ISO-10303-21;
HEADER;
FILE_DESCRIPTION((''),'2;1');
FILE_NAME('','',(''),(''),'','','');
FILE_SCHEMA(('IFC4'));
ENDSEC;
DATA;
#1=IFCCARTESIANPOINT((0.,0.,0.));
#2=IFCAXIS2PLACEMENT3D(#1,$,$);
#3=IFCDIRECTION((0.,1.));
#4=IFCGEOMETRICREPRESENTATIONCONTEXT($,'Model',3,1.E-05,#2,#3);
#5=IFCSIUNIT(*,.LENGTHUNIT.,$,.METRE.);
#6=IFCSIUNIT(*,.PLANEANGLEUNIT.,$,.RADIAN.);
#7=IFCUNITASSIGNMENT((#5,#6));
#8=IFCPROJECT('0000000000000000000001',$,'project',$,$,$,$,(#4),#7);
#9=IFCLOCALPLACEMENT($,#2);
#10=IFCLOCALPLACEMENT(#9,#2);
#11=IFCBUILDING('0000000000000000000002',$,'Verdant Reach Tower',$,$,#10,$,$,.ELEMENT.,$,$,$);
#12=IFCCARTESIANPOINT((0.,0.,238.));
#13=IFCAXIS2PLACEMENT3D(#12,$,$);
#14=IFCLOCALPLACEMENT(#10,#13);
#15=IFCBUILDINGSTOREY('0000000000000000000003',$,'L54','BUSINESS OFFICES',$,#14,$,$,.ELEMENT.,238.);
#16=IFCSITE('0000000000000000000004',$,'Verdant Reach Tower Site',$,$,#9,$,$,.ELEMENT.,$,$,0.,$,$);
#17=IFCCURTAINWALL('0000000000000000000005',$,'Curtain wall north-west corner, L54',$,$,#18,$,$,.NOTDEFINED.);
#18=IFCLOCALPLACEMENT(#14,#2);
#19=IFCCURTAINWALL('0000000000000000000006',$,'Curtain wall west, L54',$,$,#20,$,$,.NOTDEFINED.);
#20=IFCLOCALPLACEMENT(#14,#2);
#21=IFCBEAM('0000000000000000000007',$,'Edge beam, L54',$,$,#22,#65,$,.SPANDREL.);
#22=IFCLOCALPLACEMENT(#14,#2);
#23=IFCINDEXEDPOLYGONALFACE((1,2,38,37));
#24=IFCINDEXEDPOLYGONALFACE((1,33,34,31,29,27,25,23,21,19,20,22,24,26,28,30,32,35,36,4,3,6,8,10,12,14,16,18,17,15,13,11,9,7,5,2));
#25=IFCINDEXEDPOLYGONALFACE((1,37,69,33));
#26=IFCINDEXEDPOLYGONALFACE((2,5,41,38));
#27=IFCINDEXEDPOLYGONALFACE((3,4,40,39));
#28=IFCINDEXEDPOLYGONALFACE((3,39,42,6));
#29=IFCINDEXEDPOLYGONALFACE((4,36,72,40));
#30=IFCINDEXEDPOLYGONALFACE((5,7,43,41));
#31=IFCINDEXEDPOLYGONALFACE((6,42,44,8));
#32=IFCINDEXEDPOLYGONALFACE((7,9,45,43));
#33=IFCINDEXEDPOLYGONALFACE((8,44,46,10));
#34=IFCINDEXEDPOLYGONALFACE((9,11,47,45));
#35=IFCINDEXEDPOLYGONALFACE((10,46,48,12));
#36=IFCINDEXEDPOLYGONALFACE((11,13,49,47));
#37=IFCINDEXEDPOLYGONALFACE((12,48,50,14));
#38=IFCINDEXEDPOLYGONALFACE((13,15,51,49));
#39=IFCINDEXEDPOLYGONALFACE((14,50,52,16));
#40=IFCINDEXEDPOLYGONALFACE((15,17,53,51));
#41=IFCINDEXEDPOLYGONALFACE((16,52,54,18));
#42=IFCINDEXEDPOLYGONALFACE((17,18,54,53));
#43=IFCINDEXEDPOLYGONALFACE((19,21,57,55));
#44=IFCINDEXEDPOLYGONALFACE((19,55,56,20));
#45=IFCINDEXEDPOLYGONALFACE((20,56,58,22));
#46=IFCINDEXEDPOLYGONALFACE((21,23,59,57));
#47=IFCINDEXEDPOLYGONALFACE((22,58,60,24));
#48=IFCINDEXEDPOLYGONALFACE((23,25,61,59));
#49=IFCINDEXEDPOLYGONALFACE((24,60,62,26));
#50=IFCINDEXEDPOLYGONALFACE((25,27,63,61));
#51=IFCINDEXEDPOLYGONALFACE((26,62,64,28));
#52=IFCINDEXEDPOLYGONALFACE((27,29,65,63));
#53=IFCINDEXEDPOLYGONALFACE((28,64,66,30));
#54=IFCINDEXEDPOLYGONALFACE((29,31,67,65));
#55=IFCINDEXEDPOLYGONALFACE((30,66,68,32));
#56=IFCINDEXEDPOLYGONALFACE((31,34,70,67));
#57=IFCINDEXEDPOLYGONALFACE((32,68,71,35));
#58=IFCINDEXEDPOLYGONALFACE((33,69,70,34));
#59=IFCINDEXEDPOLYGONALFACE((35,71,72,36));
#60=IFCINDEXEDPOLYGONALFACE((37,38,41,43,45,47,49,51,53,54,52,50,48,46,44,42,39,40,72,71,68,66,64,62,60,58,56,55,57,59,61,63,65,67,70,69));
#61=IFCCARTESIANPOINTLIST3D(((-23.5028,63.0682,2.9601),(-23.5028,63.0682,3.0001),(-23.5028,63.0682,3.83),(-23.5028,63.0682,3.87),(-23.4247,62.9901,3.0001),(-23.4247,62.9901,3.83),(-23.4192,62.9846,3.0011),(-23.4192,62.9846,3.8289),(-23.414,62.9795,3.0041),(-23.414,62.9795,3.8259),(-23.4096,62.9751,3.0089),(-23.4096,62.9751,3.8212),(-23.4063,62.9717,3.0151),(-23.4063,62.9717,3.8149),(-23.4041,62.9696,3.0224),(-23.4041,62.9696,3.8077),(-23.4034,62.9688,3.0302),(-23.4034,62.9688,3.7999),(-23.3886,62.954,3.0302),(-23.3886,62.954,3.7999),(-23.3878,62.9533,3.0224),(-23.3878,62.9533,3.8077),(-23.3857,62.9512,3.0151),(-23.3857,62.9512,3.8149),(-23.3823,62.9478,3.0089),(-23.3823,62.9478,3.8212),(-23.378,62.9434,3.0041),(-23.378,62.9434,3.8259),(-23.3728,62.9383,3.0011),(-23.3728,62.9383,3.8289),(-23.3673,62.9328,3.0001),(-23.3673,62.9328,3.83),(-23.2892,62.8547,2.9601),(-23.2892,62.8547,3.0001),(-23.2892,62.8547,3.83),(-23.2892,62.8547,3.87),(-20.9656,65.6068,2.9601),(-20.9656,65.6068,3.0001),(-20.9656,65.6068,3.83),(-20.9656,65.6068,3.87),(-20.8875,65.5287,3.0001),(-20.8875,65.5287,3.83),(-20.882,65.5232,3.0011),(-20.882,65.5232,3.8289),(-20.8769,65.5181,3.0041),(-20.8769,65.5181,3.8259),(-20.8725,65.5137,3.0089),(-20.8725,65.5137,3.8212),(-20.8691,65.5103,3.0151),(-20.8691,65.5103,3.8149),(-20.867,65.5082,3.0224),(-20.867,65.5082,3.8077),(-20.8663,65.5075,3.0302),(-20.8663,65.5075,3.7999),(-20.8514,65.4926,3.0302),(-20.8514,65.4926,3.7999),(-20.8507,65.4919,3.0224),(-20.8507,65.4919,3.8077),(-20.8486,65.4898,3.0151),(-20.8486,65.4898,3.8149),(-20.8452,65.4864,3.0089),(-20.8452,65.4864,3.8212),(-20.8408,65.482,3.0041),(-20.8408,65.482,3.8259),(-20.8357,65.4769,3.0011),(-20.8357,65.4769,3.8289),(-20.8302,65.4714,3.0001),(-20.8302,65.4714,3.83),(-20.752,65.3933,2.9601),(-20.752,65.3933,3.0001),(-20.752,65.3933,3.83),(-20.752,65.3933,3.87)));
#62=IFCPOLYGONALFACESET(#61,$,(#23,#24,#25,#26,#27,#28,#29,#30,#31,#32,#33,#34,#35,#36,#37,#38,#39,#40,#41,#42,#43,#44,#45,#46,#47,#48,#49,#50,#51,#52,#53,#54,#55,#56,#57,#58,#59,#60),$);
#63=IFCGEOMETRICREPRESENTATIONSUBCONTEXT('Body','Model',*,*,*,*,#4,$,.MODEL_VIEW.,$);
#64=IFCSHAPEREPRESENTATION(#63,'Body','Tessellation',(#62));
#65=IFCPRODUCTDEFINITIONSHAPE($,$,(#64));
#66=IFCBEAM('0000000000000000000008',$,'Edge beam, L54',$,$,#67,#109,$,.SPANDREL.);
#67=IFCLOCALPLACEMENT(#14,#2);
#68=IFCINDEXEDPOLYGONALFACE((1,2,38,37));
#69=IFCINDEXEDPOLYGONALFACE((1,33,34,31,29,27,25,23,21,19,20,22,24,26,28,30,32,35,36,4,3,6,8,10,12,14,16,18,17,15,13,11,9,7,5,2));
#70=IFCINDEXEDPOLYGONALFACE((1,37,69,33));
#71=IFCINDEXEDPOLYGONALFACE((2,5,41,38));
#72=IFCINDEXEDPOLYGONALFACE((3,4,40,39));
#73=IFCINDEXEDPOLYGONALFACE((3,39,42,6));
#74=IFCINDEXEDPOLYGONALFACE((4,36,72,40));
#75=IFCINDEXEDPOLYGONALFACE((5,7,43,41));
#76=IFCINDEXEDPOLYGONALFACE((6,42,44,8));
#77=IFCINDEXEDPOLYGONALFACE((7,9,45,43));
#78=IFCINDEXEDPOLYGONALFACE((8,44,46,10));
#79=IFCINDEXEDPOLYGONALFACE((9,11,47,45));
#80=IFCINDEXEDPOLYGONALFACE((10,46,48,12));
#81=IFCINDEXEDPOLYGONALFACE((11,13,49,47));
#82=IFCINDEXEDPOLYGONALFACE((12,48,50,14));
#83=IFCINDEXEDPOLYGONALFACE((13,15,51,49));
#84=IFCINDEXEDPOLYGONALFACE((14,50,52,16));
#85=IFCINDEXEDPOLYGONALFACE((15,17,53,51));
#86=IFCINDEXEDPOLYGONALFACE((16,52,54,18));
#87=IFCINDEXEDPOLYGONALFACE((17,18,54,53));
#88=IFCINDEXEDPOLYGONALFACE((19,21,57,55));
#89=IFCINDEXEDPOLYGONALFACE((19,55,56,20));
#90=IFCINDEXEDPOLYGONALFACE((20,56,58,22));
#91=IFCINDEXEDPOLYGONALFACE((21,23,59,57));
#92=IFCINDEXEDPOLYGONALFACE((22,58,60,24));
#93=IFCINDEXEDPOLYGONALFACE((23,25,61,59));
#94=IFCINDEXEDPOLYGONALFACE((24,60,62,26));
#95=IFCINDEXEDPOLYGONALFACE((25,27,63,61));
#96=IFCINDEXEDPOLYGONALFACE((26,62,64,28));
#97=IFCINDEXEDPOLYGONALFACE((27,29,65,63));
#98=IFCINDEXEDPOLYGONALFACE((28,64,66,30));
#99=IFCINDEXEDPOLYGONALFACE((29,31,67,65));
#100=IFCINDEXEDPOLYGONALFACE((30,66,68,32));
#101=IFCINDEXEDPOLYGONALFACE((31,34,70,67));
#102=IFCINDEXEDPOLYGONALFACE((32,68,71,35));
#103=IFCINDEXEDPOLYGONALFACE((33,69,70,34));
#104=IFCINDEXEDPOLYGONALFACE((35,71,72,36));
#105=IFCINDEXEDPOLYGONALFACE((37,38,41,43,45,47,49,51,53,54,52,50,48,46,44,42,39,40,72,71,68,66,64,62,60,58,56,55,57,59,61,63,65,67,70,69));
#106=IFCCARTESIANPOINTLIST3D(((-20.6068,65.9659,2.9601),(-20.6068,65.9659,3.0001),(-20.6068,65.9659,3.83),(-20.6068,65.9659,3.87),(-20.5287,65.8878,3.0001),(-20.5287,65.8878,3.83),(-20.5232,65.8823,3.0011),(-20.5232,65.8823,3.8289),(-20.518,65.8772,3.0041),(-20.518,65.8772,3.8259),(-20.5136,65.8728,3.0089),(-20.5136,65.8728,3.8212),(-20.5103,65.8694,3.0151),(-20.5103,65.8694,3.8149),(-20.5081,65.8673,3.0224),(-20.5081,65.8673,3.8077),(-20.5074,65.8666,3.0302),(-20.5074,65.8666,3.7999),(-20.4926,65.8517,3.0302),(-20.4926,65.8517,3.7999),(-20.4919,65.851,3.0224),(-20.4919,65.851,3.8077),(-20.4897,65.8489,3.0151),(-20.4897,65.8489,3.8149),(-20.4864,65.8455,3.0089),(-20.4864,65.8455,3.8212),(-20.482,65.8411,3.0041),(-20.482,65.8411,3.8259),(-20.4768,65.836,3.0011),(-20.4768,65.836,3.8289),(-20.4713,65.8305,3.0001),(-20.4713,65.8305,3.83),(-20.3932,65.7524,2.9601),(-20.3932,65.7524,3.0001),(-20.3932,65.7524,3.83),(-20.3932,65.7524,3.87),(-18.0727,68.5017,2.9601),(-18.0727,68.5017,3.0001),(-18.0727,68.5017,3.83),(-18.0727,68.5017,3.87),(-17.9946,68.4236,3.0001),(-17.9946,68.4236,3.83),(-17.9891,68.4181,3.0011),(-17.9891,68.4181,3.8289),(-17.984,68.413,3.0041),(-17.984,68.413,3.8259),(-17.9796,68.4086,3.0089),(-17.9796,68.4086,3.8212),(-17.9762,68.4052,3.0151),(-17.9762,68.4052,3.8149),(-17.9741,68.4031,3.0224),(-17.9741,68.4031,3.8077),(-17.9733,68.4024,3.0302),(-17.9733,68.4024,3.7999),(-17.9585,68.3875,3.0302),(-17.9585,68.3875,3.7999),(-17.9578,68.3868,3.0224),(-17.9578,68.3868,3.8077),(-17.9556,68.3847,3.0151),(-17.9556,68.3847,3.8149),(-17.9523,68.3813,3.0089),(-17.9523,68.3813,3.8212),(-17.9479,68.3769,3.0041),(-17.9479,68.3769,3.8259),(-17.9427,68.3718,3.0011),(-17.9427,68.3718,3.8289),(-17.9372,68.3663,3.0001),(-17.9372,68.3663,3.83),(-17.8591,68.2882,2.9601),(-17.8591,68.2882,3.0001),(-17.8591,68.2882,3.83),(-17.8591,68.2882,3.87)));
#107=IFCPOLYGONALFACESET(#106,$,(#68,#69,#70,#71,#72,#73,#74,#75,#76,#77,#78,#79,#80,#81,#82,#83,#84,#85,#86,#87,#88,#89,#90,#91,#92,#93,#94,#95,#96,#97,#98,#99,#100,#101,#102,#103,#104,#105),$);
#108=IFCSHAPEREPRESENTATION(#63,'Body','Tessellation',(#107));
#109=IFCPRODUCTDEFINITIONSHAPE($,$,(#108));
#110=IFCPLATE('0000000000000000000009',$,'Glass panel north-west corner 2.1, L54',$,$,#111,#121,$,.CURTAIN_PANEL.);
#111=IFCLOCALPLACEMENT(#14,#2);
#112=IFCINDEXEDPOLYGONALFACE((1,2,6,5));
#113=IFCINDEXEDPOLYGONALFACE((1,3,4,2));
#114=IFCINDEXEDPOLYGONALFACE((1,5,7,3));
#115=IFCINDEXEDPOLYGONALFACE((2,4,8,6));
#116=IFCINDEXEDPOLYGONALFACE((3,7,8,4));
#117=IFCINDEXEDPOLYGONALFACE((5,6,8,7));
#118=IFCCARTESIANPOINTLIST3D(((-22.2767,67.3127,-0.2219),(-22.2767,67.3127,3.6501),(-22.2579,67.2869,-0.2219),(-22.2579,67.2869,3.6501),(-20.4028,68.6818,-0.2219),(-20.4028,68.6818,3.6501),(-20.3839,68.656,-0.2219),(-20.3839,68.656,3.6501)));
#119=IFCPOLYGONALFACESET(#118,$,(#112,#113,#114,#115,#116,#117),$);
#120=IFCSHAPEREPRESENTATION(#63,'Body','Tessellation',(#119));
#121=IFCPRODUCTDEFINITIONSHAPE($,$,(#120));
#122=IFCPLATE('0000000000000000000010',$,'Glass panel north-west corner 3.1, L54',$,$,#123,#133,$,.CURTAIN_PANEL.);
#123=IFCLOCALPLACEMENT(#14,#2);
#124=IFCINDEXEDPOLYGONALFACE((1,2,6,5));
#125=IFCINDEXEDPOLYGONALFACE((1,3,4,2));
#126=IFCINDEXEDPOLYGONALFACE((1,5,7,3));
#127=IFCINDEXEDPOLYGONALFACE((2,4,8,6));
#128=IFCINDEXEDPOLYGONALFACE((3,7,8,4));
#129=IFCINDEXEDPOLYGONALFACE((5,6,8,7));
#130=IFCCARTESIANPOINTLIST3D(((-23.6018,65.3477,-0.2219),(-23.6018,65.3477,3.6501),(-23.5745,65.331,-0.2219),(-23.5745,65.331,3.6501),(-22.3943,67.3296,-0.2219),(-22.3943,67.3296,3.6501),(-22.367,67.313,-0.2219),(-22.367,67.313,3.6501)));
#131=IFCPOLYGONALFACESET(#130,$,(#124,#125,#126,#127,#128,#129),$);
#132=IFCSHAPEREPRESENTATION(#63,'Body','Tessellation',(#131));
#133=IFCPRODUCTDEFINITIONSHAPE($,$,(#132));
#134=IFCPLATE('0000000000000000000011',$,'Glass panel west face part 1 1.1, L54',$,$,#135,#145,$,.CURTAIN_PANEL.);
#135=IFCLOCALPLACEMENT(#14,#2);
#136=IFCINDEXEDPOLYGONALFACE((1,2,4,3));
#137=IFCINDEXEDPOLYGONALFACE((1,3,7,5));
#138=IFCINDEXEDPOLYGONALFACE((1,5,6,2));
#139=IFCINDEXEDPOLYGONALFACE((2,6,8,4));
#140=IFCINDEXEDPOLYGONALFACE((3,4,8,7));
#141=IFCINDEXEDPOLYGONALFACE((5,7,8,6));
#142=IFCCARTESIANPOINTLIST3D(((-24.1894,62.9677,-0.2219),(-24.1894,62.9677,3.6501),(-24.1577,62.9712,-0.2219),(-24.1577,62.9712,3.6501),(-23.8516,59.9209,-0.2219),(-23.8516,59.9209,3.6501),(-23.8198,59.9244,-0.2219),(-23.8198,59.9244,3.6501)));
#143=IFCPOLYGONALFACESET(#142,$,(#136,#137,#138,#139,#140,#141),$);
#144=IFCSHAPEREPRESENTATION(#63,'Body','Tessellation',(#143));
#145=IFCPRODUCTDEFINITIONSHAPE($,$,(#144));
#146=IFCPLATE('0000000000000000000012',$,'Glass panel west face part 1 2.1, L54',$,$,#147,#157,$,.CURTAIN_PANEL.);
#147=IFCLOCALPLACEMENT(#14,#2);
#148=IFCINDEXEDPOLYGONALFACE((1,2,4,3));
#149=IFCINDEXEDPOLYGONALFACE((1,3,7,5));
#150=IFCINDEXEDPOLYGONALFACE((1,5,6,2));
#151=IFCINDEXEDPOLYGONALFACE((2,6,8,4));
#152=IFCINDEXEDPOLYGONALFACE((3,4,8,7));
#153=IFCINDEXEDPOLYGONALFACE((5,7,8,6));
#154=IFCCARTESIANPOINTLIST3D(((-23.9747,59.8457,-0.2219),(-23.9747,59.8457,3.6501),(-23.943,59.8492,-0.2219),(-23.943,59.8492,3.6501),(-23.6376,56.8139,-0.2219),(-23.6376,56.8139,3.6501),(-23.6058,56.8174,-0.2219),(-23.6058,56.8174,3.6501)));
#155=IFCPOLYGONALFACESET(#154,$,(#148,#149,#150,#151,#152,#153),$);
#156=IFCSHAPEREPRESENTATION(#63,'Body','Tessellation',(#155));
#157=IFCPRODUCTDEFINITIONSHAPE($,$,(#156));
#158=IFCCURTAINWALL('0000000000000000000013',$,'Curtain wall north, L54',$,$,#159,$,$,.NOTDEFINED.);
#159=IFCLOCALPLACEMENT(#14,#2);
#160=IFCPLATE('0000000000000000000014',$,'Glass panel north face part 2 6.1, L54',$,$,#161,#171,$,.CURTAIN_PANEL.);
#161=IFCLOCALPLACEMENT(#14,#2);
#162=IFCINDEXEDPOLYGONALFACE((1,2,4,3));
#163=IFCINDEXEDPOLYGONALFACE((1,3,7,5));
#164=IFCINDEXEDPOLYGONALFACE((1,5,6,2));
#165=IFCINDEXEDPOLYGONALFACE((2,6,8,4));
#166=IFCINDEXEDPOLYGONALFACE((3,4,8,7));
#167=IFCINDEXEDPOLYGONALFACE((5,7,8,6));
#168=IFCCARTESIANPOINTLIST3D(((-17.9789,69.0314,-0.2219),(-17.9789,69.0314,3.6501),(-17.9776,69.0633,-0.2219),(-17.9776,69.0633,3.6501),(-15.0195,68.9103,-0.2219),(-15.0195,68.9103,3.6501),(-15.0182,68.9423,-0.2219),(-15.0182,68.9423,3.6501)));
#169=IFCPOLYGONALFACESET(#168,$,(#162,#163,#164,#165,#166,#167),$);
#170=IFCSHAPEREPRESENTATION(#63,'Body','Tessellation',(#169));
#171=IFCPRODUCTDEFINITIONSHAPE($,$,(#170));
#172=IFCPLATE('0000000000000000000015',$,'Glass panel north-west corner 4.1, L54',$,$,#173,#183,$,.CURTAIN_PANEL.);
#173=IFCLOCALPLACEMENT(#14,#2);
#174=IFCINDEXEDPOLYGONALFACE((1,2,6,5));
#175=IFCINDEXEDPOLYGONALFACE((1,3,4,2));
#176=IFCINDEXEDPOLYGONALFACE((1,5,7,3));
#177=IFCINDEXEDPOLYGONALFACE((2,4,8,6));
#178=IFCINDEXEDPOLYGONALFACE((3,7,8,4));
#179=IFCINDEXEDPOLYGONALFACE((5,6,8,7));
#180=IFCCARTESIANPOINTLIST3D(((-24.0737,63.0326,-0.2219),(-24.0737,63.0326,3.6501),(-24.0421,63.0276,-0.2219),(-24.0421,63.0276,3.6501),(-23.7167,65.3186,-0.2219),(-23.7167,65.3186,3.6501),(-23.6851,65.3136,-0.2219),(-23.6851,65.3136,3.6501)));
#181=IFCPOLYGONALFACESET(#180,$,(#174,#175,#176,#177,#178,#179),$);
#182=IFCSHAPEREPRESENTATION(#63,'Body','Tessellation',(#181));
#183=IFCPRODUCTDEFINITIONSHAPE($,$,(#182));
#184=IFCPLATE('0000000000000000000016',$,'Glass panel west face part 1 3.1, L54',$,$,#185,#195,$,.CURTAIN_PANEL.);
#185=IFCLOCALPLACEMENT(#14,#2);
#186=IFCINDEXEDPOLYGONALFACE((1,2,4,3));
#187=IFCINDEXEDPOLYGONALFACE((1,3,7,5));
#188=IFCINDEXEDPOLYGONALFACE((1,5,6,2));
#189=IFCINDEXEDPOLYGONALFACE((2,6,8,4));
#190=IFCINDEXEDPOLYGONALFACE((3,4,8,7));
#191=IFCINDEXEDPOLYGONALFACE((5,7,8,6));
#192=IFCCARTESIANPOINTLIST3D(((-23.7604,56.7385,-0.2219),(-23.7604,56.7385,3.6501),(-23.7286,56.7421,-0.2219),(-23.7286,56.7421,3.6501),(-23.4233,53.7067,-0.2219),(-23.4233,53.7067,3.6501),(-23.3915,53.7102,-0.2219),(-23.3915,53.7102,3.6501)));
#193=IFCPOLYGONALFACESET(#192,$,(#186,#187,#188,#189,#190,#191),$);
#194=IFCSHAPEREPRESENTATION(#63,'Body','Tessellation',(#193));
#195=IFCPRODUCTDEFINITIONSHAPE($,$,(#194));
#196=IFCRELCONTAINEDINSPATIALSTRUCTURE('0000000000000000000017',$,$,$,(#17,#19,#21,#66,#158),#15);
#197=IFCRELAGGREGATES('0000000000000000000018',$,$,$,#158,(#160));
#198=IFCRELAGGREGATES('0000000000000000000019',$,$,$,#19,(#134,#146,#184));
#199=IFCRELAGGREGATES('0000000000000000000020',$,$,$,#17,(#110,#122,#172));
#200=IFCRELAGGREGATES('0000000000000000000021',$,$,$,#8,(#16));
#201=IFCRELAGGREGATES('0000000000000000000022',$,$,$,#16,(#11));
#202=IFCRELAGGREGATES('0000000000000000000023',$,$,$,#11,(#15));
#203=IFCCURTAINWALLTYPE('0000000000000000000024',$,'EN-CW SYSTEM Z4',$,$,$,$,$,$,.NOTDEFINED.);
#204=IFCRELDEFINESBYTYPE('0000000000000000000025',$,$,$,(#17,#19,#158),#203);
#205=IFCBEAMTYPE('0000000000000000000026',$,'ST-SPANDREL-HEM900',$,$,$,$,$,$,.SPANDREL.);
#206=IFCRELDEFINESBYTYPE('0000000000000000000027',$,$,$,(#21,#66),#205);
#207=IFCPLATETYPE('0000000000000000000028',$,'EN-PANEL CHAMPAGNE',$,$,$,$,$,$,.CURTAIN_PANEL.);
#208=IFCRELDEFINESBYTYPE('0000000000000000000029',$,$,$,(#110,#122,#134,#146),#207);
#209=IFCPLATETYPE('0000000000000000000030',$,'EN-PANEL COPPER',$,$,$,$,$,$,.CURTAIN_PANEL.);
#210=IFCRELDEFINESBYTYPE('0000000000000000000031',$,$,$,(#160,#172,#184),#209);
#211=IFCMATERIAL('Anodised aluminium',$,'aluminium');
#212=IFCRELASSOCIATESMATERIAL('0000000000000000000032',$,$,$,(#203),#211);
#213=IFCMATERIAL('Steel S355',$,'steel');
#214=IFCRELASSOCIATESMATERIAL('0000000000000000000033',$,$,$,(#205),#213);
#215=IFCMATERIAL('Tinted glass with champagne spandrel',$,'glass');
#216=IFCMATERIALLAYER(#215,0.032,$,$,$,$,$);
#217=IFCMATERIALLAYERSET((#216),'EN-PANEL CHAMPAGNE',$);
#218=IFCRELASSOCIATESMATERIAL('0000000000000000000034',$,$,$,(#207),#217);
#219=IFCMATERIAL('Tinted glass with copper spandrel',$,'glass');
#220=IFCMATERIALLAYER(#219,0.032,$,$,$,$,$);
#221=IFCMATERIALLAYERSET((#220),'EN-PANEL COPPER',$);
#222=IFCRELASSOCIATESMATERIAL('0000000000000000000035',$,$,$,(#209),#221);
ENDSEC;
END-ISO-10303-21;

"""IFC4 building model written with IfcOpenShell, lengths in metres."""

from ifc_helpers import new_model, si_unit, direction, frame, origin, origin_2d, place, context, subcontext, project, spatial, rectangle, i_section, extrude, material, layer, layer_set, material_profile, profile_set, type_object, element, aggregate, save


model = new_model("IFC4")

# Units and contexts
model_context = context("Model", 3, precision=1e-05, world=origin(), true_north=direction((0.0, 1.0)))
body_context = subcontext(model_context, "Body", "Model", "MODEL_VIEW")
ifc_project = project(units=[si_unit("LENGTHUNIT", "METRE"), si_unit("PLANEANGLEUNIT", "RADIAN")], contexts=[model_context])

# Site, building, storey
site_placement = place(None, origin())
site = spatial("IfcSite", under=ifc_project, at=site_placement, Name="Verdant Reach Tower Site", CompositionType="ELEMENT", RefElevation=0.0)
building_placement = place(site_placement, origin())
building = spatial("IfcBuilding", under=site, at=building_placement, Name="Verdant Reach Tower", CompositionType="ELEMENT")
storey_placement = place(building_placement, frame((0.0, 0.0, 238.0)))
storey = spatial("IfcBuildingStorey", under=building, at=storey_placement, Name="L54", Description="BUSINESS OFFICES", CompositionType="ELEMENT", Elevation=238.0)

# Curtain walls
ifc_material_1 = material(Name="Anodised aluminium", Category="aluminium")
curtain_wall_type = type_object("IfcCurtainWallType", Name="EN-CW SYSTEM Z4", PredefinedType="NOTDEFINED", material=ifc_material_1)
curtain_wall_1_placement = place(storey_placement, origin())
curtain_wall_1 = element("IfcCurtainWall", 1, at=curtain_wall_1_placement, inside=storey, type_object=curtain_wall_type, Name="Curtain wall north-west corner, L54", PredefinedType="NOTDEFINED")
curtain_wall_2_placement = place(storey_placement, origin())
curtain_wall_2 = element("IfcCurtainWall", 2, at=curtain_wall_2_placement, inside=storey, type_object=curtain_wall_type, Name="Curtain wall west, L54", PredefinedType="NOTDEFINED")

# Beams
ifc_material_2 = material(Name="Steel S355", Category="steel")
ifc_material_profile_1 = material_profile(ifc_material_2, i_section(OverallWidth=0.302, OverallDepth=0.9099, WebThickness=0.021, FlangeThickness=0.04, FilletRadius=0.03, at=origin_2d()), Name="HEM 900")
ifc_profile_set_1 = profile_set([ifc_material_profile_1], Name="Steel S355")
beam_type_1 = type_object("IfcBeamType", Name="ST-SPANDREL-HEM900", PredefinedType="SPANDREL", material=ifc_profile_set_1)
beam_1_placement = place(storey_placement, frame((-23.396, 62.9614, 3.415), z_axis=(0.706903, 0.707311, 0.0), x_axis=(-0.707311, 0.706903, 0.0)))
element("IfcBeam", 3, at=beam_1_placement, inside=storey, type_object=beam_type_1, Name="Edge beam, L54", PredefinedType="SPANDREL", context=body_context, shape_type="SweptSolid", body=[
    extrude(i_section(OverallWidth=0.302, OverallDepth=0.9099, WebThickness=0.021, FlangeThickness=0.04, FilletRadius=0.03, at=origin_2d()), origin(), (0.0, 0.0, 1.0), 3.5891),
])
beam_2_placement = place(storey_placement, frame((-20.5, 65.8591, 3.415), z_axis=(0.706868, 0.707345, 0.0), x_axis=(-0.707345, 0.706868, 0.0)))
element("IfcBeam", 4, at=beam_2_placement, inside=storey, type_object=beam_type_1, Name="Edge beam, L54", PredefinedType="SPANDREL", context=body_context, shape_type="SweptSolid", body=[
    extrude(i_section(OverallWidth=0.302, OverallDepth=0.9099, WebThickness=0.021, FlangeThickness=0.04, FilletRadius=0.03, at=origin_2d()), origin(), (0.0, 0.0, 1.0), 3.585),
])

# Plates
ifc_material_3 = material(Name="Tinted glass with champagne spandrel", Category="glass")
ifc_layer_1 = layer(ifc_material_3, 0.032)
ifc_layer_set_1 = layer_set([ifc_layer_1], Name="EN-PANEL CHAMPAGNE")
plate_type_1 = type_object("IfcPlateType", Name="EN-PANEL CHAMPAGNE", PredefinedType="CURTAIN_PANEL", material=ifc_layer_set_1)
plate_1_placement = place(storey_placement, frame((-21.3303, 67.9844, -0.2219), z_axis=(0.0, 0.0, 1.0), x_axis=(-0.807457, -0.589927, 0.0)))
plate_1 = element("IfcPlate", 5, at=plate_1_placement, type_object=plate_type_1, Name="Glass panel north-west corner 2.1, L54", PredefinedType="CURTAIN_PANEL", context=body_context, shape_type="SweptSolid", body=[
    extrude(rectangle(XDim=2.3208, YDim=0.032, at=origin_2d()), origin(), (0.0, 0.0, 1.0), 3.8721),
])
plate_2_placement = place(storey_placement, frame((-22.9844, 66.3303, -0.2219), z_axis=(0.0, 0.0, 1.0), x_axis=(-0.520292, -0.853989, 0.0)))
plate_2 = element("IfcPlate", 6, at=plate_2_placement, type_object=plate_type_1, Name="Glass panel north-west corner 3.1, L54", PredefinedType="CURTAIN_PANEL", context=body_context, shape_type="SweptSolid", body=[
    extrude(rectangle(XDim=2.3208, YDim=0.032, at=origin_2d()), origin(), (0.0, 0.0, 1.0), 3.8721),
])
plate_3_placement = place(storey_placement, frame((-24.0046, 61.446, -0.2219), z_axis=(0.0, 0.0, 1.0), x_axis=(0.110206, -0.993909, 0.0)))
plate_3 = element("IfcPlate", 7, at=plate_3_placement, type_object=plate_type_1, Name="Glass panel west face part 1 1.1, L54", PredefinedType="CURTAIN_PANEL", context=body_context, shape_type="SweptSolid", body=[
    extrude(rectangle(XDim=3.0654, YDim=0.032, at=origin_2d()), origin(), (0.0, 0.0, 1.0), 3.8721),
])
plate_4_placement = place(storey_placement, frame((-23.7903, 58.3315, -0.2219), z_axis=(0.0, 0.0, 1.0), x_axis=(0.110518, -0.993874, 0.0)))
plate_4 = element("IfcPlate", 8, at=plate_4_placement, type_object=plate_type_1, Name="Glass panel west face part 1 2.1, L54", PredefinedType="CURTAIN_PANEL", context=body_context, shape_type="SweptSolid", body=[
    extrude(rectangle(XDim=3.0505, YDim=0.032, at=origin_2d()), origin(), (0.0, 0.0, 1.0), 3.8721),
])

# Curtain wall, plate
curtain_wall_3_placement = place(storey_placement, origin())
curtain_wall_3 = element("IfcCurtainWall", 9, at=curtain_wall_3_placement, inside=storey, type_object=curtain_wall_type, Name="Curtain wall north, L54", PredefinedType="NOTDEFINED")
ifc_material_4 = material(Name="Tinted glass with copper spandrel", Category="glass")
ifc_layer_2 = layer(ifc_material_4, 0.032)
ifc_layer_set_2 = layer_set([ifc_layer_2], Name="EN-PANEL COPPER")
plate_type_2 = type_object("IfcPlateType", Name="EN-PANEL COPPER", PredefinedType="CURTAIN_PANEL", material=ifc_layer_set_2)
plate_5_placement = place(storey_placement, frame((-16.4985, 68.9868, -0.2219), z_axis=(0.0, 0.0, 1.0), x_axis=(-0.999164, 0.040881, 0.0)))
plate_5 = element("IfcPlate", 10, at=plate_5_placement, type_object=plate_type_2, Name="Glass panel north face part 2 6.1, L54", PredefinedType="CURTAIN_PANEL", context=body_context, shape_type="SweptSolid", body=[
    extrude(rectangle(XDim=2.9619, YDim=0.032, at=origin_2d()), origin(), (0.0, 0.0, 1.0), 3.8721),
])
aggregate(curtain_wall_3, [plate_5])

# Plates
plate_6_placement = place(storey_placement, frame((-23.8794, 64.1731, -0.2219), z_axis=(0.0, 0.0, 1.0), x_axis=(-0.154325, -0.98802, 0.0)))
plate_6 = element("IfcPlate", 11, at=plate_6_placement, type_object=plate_type_2, Name="Glass panel north-west corner 4.1, L54", PredefinedType="CURTAIN_PANEL", context=body_context, shape_type="SweptSolid", body=[
    extrude(rectangle(XDim=2.3137, YDim=0.032, at=origin_2d()), origin(), (0.0, 0.0, 1.0), 3.8721),
])
plate_7_placement = place(storey_placement, frame((-23.5759, 55.2244, -0.2219), z_axis=(0.0, 0.0, 1.0), x_axis=(0.110518, -0.993874, 0.0)))
plate_7 = element("IfcPlate", 12, at=plate_7_placement, type_object=plate_type_2, Name="Glass panel west face part 1 3.1, L54", PredefinedType="CURTAIN_PANEL", context=body_context, shape_type="SweptSolid", body=[
    extrude(rectangle(XDim=3.0505, YDim=0.032, at=origin_2d()), origin(), (0.0, 0.0, 1.0), 3.8721),
])
aggregate(curtain_wall_2, [plate_3, plate_4, plate_7])
aggregate(curtain_wall_1, [plate_1, plate_2, plate_6])

save(model, "model.ifc")
